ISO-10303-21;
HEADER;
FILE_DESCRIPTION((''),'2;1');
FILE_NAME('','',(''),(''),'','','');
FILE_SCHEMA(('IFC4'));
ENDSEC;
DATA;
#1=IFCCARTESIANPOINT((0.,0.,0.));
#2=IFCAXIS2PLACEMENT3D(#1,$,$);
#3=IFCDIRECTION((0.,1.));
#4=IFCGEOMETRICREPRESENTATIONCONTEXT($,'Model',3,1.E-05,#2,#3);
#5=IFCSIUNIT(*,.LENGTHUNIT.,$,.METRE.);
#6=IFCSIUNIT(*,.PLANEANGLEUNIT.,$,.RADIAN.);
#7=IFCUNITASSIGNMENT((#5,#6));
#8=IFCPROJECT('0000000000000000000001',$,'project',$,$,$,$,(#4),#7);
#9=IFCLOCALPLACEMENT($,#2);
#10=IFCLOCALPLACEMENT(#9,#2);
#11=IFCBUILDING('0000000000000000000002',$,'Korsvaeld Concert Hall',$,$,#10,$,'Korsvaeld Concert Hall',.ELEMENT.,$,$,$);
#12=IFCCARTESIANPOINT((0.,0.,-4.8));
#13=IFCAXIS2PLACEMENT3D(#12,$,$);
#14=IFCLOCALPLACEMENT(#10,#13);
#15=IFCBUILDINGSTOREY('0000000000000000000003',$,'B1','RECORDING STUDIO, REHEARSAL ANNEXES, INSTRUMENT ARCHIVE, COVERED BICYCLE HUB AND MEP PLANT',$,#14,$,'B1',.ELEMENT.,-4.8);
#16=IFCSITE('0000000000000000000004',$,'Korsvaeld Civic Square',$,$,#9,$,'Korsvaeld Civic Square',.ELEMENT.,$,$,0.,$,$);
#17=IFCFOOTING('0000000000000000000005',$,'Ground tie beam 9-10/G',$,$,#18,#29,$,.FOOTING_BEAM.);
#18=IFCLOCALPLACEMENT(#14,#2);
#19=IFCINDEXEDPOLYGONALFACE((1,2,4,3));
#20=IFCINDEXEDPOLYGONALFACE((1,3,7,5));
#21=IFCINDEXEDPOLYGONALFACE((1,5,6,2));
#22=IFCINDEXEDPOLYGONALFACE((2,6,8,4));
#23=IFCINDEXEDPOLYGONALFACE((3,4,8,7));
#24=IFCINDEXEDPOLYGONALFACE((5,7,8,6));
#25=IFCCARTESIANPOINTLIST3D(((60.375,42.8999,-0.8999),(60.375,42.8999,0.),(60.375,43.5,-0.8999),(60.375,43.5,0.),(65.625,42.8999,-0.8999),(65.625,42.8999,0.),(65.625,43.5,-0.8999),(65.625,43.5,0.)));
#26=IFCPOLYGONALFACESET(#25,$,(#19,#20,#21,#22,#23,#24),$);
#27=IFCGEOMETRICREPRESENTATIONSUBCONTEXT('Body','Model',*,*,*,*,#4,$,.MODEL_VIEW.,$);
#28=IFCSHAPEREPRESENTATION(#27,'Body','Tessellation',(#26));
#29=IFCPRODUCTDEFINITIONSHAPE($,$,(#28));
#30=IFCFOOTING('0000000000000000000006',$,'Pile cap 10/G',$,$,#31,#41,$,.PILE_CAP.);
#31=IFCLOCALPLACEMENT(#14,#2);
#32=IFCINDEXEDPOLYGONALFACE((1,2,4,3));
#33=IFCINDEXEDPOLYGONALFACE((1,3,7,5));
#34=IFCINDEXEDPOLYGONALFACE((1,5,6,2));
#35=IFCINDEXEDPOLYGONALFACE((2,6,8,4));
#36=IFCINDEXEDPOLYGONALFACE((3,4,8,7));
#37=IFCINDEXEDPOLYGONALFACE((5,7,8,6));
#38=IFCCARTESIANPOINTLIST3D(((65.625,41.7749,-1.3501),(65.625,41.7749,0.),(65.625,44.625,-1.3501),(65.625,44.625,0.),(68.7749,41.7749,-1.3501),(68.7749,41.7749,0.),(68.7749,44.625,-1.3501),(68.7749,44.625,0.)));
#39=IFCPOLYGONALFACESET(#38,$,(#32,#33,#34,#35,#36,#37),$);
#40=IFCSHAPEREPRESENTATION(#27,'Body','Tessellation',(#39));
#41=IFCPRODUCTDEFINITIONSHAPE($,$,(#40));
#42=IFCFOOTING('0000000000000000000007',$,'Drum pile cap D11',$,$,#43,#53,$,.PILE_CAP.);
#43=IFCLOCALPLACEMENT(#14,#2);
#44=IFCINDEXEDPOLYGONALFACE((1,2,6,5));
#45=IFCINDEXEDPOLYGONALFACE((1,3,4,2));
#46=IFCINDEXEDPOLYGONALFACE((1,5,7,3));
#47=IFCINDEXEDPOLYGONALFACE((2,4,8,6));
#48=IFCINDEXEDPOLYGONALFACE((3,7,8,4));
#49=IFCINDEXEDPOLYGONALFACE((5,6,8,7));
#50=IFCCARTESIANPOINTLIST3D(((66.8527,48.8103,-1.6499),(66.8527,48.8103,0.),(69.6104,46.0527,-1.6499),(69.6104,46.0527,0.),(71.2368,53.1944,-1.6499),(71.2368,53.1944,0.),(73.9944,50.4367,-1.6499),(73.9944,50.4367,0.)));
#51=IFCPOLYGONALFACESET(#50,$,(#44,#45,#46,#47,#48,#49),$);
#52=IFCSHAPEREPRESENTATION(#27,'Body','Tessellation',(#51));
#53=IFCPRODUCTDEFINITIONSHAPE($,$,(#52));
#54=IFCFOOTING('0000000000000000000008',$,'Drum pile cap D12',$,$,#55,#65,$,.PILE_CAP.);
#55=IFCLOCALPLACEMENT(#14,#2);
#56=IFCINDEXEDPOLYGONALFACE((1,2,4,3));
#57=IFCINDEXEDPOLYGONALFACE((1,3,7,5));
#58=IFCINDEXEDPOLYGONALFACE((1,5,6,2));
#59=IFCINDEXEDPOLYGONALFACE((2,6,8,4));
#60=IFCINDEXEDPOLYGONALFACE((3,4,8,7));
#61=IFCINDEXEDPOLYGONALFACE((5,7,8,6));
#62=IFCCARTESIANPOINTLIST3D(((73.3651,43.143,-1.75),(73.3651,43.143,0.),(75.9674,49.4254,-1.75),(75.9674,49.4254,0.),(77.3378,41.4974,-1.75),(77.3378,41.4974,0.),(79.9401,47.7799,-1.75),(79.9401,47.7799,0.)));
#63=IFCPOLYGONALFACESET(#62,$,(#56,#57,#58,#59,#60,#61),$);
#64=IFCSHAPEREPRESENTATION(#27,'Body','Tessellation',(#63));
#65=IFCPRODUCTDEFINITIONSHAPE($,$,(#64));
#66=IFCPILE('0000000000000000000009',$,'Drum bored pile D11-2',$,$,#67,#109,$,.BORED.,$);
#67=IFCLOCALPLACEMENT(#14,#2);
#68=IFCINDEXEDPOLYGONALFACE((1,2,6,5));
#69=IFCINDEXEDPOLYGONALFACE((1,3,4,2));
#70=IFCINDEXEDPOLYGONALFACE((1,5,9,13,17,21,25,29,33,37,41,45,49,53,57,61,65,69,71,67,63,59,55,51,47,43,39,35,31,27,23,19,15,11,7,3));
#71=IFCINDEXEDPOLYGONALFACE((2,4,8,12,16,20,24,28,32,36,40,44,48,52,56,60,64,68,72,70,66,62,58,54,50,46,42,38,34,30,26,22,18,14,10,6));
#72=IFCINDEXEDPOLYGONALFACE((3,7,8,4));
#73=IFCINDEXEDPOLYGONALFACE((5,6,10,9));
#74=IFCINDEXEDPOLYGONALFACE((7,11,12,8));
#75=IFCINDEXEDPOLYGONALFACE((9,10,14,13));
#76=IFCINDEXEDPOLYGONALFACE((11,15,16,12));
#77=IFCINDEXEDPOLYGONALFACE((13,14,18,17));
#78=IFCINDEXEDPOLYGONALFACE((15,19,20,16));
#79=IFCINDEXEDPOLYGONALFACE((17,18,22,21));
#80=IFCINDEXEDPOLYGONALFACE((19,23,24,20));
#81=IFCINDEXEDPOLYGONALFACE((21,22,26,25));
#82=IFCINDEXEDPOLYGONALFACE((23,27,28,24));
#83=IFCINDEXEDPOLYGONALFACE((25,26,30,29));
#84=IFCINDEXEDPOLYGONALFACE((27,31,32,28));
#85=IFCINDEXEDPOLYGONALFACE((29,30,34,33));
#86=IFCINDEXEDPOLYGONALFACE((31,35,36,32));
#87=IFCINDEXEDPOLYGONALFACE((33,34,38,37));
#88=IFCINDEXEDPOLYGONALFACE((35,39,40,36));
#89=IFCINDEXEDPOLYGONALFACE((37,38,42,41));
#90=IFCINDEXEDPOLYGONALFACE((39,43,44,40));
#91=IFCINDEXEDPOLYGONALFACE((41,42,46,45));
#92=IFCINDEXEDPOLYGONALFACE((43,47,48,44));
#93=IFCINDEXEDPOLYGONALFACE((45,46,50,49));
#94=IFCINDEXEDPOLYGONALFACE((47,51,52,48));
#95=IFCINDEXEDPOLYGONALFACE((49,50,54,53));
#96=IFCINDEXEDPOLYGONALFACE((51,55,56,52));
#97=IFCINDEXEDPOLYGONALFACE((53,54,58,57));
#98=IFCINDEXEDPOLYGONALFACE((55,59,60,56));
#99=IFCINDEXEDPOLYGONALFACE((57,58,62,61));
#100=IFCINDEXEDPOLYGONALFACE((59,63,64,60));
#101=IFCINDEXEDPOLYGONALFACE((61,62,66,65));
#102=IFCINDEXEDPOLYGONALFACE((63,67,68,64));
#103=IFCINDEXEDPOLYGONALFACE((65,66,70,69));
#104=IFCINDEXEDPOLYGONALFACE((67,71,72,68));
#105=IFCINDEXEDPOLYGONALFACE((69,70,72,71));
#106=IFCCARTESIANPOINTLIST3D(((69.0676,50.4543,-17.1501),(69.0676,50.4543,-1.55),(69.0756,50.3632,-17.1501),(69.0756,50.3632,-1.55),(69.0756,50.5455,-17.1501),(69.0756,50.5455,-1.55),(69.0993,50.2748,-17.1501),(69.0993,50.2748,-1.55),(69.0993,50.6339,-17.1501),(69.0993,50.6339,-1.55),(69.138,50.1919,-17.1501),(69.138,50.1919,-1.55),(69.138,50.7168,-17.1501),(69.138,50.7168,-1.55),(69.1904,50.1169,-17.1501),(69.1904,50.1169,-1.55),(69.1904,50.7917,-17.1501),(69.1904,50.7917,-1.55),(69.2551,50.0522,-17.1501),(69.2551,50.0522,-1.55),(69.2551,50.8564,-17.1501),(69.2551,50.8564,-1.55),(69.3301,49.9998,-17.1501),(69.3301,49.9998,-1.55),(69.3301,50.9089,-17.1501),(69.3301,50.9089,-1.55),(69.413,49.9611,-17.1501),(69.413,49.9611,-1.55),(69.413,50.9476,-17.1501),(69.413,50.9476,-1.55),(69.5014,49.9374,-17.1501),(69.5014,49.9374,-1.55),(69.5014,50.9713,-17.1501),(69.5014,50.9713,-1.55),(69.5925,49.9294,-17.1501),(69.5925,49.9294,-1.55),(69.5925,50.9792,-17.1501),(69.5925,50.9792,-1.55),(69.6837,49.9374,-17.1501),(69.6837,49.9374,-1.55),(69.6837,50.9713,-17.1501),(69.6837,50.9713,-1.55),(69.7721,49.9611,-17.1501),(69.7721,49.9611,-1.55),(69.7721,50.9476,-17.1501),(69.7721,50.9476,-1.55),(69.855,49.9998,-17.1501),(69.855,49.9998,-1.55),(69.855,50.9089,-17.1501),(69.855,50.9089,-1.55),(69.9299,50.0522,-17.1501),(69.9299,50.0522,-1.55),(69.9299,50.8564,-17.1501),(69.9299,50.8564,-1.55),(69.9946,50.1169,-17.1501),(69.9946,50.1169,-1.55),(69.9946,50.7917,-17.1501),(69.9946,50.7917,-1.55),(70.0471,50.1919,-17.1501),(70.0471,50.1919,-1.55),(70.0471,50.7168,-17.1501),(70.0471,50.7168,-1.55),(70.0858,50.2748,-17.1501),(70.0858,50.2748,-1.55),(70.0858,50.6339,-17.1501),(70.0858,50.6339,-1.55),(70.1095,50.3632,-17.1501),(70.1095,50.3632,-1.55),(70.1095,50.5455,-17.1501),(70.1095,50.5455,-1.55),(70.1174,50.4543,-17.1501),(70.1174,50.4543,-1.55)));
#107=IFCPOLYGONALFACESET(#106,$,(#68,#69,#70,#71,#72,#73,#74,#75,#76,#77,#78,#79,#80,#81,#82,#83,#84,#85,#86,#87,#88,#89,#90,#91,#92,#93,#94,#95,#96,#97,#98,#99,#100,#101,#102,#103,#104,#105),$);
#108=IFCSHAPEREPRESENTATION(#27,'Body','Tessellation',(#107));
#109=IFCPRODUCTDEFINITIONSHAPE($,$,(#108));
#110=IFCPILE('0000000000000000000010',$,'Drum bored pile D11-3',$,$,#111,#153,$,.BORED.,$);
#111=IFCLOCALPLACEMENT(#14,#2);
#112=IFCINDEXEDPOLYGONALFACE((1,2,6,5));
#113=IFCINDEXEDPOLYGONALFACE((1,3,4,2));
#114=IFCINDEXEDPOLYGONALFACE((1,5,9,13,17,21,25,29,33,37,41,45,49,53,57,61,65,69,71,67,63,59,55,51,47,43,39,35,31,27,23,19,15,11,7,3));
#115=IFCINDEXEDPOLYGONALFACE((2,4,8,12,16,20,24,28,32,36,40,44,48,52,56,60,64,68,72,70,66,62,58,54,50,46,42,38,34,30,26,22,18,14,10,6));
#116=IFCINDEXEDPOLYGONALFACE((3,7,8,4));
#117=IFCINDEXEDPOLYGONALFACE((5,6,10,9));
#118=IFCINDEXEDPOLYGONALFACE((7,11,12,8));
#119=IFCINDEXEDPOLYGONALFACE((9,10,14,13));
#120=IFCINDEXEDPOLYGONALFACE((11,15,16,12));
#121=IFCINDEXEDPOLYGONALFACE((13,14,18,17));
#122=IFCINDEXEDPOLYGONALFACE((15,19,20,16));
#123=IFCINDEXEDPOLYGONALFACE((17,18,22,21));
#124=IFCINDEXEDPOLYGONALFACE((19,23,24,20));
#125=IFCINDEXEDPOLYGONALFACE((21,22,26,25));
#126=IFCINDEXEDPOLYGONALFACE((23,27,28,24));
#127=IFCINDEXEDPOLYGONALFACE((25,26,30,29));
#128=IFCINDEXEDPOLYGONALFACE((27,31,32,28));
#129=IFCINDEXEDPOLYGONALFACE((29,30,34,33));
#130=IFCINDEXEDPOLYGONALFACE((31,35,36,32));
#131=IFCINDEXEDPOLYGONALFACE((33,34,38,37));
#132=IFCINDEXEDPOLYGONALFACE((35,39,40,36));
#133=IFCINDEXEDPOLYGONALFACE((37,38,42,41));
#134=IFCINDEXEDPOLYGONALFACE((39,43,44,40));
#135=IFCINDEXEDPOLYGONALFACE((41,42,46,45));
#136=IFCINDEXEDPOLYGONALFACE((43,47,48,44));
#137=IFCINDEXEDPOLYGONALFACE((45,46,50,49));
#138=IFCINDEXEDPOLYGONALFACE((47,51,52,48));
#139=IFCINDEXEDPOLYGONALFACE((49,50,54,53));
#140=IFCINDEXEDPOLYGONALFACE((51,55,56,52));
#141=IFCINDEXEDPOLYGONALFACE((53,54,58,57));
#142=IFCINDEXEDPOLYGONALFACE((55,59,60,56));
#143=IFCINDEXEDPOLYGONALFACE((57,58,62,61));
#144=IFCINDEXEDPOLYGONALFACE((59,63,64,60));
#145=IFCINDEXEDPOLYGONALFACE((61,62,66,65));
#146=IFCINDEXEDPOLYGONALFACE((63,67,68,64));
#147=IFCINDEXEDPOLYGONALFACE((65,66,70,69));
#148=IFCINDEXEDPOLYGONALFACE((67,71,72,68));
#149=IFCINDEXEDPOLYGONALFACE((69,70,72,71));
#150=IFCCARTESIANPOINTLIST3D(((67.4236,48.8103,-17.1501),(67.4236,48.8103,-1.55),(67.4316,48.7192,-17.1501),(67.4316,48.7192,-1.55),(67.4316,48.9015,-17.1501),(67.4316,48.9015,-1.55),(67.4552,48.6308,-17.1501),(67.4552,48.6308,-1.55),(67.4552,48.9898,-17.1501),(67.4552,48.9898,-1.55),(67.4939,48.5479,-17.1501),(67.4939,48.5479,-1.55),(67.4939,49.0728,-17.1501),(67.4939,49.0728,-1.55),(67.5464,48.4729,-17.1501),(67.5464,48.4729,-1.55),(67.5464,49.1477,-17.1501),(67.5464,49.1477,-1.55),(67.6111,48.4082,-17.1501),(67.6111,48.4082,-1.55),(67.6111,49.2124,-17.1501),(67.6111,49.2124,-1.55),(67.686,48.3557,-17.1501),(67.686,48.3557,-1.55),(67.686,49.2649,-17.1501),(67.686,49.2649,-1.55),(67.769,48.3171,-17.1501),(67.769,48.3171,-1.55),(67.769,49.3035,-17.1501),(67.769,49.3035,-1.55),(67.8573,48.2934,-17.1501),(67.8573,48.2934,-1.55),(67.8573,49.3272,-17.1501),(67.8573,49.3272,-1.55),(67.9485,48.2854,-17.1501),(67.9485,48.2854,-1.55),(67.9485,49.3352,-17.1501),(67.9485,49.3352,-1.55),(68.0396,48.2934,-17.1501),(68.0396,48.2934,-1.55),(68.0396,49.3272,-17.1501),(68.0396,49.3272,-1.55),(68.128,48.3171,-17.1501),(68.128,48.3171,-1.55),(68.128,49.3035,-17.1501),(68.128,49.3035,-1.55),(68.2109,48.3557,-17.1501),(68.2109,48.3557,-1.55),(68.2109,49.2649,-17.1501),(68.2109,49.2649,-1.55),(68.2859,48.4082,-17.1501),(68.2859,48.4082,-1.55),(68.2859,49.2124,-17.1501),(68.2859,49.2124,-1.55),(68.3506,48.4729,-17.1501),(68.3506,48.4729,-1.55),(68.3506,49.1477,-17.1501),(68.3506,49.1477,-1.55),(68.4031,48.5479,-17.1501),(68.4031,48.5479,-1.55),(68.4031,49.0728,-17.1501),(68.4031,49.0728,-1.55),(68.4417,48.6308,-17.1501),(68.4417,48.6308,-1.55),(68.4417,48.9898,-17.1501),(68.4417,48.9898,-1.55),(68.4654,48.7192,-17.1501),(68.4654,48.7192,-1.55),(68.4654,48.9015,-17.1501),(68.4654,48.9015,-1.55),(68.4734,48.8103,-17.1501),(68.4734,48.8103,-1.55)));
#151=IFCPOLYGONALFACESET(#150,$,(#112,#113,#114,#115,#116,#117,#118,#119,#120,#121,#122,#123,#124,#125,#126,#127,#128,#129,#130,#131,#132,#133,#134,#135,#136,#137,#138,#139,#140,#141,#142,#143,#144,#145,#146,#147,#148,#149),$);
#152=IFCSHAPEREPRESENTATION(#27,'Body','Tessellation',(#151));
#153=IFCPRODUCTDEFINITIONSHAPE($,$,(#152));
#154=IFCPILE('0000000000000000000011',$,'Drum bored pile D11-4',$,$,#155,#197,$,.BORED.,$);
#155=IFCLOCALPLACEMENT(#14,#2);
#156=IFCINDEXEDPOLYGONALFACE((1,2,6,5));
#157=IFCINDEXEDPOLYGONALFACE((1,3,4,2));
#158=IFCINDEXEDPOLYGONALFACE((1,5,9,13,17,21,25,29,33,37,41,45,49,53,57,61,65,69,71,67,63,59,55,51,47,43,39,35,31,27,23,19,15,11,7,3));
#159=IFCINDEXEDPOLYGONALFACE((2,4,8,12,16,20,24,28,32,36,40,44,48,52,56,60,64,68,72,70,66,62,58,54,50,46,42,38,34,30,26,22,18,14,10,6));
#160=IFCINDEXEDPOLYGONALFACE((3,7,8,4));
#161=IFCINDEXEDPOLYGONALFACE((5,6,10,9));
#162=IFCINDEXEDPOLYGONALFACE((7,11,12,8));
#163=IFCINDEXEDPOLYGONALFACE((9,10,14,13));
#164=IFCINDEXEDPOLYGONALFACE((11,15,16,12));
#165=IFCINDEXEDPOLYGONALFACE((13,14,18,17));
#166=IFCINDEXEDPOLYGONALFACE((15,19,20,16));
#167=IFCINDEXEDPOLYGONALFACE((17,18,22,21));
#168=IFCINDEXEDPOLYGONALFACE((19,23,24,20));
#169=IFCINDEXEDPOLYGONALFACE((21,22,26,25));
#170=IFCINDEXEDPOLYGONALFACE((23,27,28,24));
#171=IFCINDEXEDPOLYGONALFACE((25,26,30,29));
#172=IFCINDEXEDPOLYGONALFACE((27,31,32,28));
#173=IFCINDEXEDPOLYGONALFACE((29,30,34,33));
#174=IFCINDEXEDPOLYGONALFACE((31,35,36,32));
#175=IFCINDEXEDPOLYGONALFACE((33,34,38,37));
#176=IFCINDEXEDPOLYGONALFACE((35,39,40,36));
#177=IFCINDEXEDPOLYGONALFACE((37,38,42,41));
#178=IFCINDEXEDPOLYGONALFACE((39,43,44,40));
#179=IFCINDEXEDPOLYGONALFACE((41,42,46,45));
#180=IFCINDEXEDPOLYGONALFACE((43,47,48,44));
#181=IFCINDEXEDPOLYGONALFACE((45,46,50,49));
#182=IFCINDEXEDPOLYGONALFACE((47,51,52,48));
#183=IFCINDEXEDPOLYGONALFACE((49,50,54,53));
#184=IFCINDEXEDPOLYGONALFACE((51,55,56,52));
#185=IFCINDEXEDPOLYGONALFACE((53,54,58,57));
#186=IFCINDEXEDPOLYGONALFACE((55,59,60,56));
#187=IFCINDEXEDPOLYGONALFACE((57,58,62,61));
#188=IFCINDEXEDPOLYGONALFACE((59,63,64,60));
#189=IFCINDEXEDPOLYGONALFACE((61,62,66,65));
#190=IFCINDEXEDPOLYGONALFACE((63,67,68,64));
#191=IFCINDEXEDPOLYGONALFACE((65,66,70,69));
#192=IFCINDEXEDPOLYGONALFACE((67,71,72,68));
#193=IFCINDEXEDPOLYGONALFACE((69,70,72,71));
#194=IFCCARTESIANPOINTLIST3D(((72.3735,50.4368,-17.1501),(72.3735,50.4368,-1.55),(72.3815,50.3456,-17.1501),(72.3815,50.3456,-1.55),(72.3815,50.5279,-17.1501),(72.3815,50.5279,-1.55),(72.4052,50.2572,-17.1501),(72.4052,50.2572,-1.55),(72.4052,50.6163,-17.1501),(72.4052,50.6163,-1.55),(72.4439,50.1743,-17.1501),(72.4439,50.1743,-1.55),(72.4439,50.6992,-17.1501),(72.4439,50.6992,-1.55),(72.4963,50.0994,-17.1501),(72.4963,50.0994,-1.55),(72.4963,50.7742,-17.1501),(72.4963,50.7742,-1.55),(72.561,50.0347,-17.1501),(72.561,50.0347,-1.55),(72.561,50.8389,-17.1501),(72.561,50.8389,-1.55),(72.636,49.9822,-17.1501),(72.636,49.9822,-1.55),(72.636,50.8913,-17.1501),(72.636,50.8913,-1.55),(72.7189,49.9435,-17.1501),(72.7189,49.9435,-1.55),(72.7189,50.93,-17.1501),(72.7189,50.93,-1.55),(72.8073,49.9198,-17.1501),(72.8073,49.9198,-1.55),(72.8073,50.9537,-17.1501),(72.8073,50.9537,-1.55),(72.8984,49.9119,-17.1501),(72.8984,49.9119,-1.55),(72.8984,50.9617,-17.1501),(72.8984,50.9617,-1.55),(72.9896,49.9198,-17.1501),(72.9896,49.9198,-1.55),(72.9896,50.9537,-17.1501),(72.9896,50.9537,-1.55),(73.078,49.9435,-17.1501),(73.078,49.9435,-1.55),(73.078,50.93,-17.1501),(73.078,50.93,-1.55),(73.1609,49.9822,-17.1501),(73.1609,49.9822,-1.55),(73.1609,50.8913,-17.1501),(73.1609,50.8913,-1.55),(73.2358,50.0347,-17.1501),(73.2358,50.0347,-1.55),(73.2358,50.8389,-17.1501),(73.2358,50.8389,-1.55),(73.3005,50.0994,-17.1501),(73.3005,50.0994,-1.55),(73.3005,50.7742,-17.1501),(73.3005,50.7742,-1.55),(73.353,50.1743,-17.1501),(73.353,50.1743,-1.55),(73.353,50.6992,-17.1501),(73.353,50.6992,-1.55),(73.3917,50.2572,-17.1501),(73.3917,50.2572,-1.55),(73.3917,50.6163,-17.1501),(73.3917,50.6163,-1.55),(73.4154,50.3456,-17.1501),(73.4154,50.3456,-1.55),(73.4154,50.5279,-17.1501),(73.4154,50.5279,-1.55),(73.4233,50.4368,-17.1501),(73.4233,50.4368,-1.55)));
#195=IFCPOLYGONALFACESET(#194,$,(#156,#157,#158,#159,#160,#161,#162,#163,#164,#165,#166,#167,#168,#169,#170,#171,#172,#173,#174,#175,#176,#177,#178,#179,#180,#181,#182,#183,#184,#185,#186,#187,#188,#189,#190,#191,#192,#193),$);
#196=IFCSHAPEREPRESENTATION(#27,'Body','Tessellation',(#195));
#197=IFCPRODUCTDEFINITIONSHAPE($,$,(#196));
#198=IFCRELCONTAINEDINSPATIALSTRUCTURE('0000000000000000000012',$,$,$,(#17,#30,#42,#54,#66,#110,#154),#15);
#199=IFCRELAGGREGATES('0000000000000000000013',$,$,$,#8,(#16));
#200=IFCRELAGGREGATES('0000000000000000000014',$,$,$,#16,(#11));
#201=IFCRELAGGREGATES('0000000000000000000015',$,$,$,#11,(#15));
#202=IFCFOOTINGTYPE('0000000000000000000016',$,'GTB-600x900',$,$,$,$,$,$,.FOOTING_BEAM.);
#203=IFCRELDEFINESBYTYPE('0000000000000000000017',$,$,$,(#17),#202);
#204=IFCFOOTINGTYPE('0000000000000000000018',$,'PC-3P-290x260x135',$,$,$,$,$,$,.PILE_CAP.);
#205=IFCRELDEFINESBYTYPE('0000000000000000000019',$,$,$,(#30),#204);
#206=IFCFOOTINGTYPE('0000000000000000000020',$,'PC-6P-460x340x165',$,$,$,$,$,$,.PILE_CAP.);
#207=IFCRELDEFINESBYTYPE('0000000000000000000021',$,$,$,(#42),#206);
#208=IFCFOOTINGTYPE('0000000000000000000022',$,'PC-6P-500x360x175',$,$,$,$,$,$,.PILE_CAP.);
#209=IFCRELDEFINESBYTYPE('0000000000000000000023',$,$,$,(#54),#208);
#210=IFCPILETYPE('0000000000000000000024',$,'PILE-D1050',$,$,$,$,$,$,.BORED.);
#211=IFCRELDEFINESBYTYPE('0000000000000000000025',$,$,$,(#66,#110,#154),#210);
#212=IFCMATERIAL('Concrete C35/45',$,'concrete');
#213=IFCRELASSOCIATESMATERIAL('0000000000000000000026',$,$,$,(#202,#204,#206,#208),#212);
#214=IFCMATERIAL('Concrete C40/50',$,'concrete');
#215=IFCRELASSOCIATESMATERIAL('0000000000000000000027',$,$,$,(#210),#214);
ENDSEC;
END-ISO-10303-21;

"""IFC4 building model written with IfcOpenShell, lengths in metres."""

from ifc_helpers import new_model, si_unit, direction, frame, origin, origin_2d, place, context, subcontext, project, spatial, rectangle, circle, extrude, material, material_profile, profile_set, type_object, element, save


model = new_model("IFC4")

# Units and contexts
model_context = context("Model", 3, precision=1e-05, world=origin(), true_north=direction((0.0, 1.0)))
body_context = subcontext(model_context, "Body", "Model", "MODEL_VIEW")
ifc_project = project(units=[si_unit("LENGTHUNIT", "METRE"), si_unit("PLANEANGLEUNIT", "RADIAN")], contexts=[model_context])

# Site, building, storey
site_placement = place(None, origin())
site = spatial("IfcSite", under=ifc_project, at=site_placement, Name="Korsvaeld Civic Square", LongName="Korsvaeld Civic Square", CompositionType="ELEMENT", RefElevation=0.0)
building_placement = place(site_placement, origin())
building = spatial("IfcBuilding", under=site, at=building_placement, Name="Korsvaeld Concert Hall", LongName="Korsvaeld Concert Hall", CompositionType="ELEMENT")
storey_placement = place(building_placement, frame((0.0, 0.0, -4.8)))
storey = spatial("IfcBuildingStorey", under=building, at=storey_placement, Name="B1", Description="RECORDING STUDIO, REHEARSAL ANNEXES, INSTRUMENT ARCHIVE, COVERED BICYCLE HUB AND MEP PLANT", LongName="B1", CompositionType="ELEMENT", Elevation=-4.8)

# Footings
ifc_material_1 = material(Name="Concrete C35/45", Category="concrete")
ifc_material_profile_1 = material_profile(ifc_material_1, rectangle(XDim=0.6001, YDim=0.8999, at=origin_2d()), Name="GTB 600x900")
ifc_profile_set_1 = profile_set([ifc_material_profile_1], Name="Concrete C35/45")
footing_type_1 = type_object("IfcFootingType", Name="GTB-600x900", PredefinedType="FOOTING_BEAM", material=ifc_profile_set_1)
footing_1_placement = place(storey_placement, frame((60.375, 43.2, -0.45), z_axis=(1.0, 0.0, 0.0), x_axis=(0.0, 1.0, 0.0)))
element("IfcFooting", 1, at=footing_1_placement, inside=storey, type_object=footing_type_1, Name="Ground tie beam 9-10/G", PredefinedType="FOOTING_BEAM", context=body_context, shape_type="SweptSolid", body=[
    extrude(rectangle(XDim=0.6001, YDim=0.8999, at=origin_2d()), origin(), (0.0, 0.0, 1.0), 5.25),
])
footing_type_2 = type_object("IfcFootingType", Name="PC-3P-290x260x135", PredefinedType="PILE_CAP", material=ifc_material_1)
footing_2_placement = place(storey_placement, frame((67.2, 43.2, -1.3501), z_axis=(0.0, 0.0, 1.0), x_axis=(1.0, 0.0, 0.0)))
element("IfcFooting", 2, at=footing_2_placement, inside=storey, type_object=footing_type_2, Name="Pile cap 10/G", PredefinedType="PILE_CAP", context=body_context, shape_type="SweptSolid", body=[
    extrude(rectangle(XDim=3.1499, YDim=2.8501, at=origin_2d()), origin(), (0.0, 0.0, 1.0), 1.3501),
])
footing_type_3 = type_object("IfcFootingType", Name="PC-6P-460x340x165", PredefinedType="PILE_CAP", material=ifc_material_1)
footing_3_placement = place(storey_placement, frame((70.4236, 49.6235, -1.6499), z_axis=(0.0, 0.0, 1.0), x_axis=(-0.707107, -0.707107, 0.0)))
element("IfcFooting", 3, at=footing_3_placement, inside=storey, type_object=footing_type_3, Name="Drum pile cap D11", PredefinedType="PILE_CAP", context=body_context, shape_type="SweptSolid", body=[
    extrude(rectangle(XDim=6.2, YDim=3.8999, at=origin_2d()), origin(), (0.0, 0.0, 1.0), 1.6499),
])
footing_type_4 = type_object("IfcFootingType", Name="PC-6P-500x360x175", PredefinedType="PILE_CAP", material=ifc_material_1)
footing_4_placement = place(storey_placement, frame((76.6526, 45.4614, -1.75), z_axis=(0.0, 0.0, 1.0), x_axis=(-0.382683, -0.92388, 0.0)))
element("IfcFooting", 4, at=footing_4_placement, inside=storey, type_object=footing_type_4, Name="Drum pile cap D12", PredefinedType="PILE_CAP", context=body_context, shape_type="SweptSolid", body=[
    extrude(rectangle(XDim=6.8, YDim=4.3, at=origin_2d()), origin(), (0.0, 0.0, 1.0), 1.75),
])

# Piles
ifc_material_2 = material(Name="Concrete C40/50", Category="concrete")
ifc_material_profile_2 = material_profile(ifc_material_2, circle(Radius=0.5249, at=origin_2d()), Name="BORED PILE D1050")
ifc_profile_set_2 = profile_set([ifc_material_profile_2], Name="Concrete C40/50")
pile_type_1 = type_object("IfcPileType", Name="PILE-D1050", PredefinedType="BORED", material=ifc_profile_set_2)
for number, where, z_axis, x_axis, name in (
    (5, (69.5925, 50.4543, -1.55), (0.0, 0.0, -1.0), (1.0, 0.0, 0.0), "Drum bored pile D11-2"),
    (6, (67.9485, 48.8103, -1.55), (0.0, 0.0, -1.0), (1.0, 0.0, 0.0), "Drum bored pile D11-3"),
    (7, (72.8984, 50.4368, -1.55), (0.0, 0.0, -1.0), (1.0, 0.0, 0.0), "Drum bored pile D11-4"),
):
    element("IfcPile", number, at=place(storey_placement, frame(where, z_axis=z_axis, x_axis=x_axis)), inside=storey, type_object=pile_type_1, Name=name, PredefinedType="BORED", context=body_context, shape_type="SweptSolid", body=[
        extrude(circle(Radius=0.5249, at=origin_2d()), origin(), (0.0, 0.0, 1.0), 15.6001),
    ])

save(model, "model.ifc")
